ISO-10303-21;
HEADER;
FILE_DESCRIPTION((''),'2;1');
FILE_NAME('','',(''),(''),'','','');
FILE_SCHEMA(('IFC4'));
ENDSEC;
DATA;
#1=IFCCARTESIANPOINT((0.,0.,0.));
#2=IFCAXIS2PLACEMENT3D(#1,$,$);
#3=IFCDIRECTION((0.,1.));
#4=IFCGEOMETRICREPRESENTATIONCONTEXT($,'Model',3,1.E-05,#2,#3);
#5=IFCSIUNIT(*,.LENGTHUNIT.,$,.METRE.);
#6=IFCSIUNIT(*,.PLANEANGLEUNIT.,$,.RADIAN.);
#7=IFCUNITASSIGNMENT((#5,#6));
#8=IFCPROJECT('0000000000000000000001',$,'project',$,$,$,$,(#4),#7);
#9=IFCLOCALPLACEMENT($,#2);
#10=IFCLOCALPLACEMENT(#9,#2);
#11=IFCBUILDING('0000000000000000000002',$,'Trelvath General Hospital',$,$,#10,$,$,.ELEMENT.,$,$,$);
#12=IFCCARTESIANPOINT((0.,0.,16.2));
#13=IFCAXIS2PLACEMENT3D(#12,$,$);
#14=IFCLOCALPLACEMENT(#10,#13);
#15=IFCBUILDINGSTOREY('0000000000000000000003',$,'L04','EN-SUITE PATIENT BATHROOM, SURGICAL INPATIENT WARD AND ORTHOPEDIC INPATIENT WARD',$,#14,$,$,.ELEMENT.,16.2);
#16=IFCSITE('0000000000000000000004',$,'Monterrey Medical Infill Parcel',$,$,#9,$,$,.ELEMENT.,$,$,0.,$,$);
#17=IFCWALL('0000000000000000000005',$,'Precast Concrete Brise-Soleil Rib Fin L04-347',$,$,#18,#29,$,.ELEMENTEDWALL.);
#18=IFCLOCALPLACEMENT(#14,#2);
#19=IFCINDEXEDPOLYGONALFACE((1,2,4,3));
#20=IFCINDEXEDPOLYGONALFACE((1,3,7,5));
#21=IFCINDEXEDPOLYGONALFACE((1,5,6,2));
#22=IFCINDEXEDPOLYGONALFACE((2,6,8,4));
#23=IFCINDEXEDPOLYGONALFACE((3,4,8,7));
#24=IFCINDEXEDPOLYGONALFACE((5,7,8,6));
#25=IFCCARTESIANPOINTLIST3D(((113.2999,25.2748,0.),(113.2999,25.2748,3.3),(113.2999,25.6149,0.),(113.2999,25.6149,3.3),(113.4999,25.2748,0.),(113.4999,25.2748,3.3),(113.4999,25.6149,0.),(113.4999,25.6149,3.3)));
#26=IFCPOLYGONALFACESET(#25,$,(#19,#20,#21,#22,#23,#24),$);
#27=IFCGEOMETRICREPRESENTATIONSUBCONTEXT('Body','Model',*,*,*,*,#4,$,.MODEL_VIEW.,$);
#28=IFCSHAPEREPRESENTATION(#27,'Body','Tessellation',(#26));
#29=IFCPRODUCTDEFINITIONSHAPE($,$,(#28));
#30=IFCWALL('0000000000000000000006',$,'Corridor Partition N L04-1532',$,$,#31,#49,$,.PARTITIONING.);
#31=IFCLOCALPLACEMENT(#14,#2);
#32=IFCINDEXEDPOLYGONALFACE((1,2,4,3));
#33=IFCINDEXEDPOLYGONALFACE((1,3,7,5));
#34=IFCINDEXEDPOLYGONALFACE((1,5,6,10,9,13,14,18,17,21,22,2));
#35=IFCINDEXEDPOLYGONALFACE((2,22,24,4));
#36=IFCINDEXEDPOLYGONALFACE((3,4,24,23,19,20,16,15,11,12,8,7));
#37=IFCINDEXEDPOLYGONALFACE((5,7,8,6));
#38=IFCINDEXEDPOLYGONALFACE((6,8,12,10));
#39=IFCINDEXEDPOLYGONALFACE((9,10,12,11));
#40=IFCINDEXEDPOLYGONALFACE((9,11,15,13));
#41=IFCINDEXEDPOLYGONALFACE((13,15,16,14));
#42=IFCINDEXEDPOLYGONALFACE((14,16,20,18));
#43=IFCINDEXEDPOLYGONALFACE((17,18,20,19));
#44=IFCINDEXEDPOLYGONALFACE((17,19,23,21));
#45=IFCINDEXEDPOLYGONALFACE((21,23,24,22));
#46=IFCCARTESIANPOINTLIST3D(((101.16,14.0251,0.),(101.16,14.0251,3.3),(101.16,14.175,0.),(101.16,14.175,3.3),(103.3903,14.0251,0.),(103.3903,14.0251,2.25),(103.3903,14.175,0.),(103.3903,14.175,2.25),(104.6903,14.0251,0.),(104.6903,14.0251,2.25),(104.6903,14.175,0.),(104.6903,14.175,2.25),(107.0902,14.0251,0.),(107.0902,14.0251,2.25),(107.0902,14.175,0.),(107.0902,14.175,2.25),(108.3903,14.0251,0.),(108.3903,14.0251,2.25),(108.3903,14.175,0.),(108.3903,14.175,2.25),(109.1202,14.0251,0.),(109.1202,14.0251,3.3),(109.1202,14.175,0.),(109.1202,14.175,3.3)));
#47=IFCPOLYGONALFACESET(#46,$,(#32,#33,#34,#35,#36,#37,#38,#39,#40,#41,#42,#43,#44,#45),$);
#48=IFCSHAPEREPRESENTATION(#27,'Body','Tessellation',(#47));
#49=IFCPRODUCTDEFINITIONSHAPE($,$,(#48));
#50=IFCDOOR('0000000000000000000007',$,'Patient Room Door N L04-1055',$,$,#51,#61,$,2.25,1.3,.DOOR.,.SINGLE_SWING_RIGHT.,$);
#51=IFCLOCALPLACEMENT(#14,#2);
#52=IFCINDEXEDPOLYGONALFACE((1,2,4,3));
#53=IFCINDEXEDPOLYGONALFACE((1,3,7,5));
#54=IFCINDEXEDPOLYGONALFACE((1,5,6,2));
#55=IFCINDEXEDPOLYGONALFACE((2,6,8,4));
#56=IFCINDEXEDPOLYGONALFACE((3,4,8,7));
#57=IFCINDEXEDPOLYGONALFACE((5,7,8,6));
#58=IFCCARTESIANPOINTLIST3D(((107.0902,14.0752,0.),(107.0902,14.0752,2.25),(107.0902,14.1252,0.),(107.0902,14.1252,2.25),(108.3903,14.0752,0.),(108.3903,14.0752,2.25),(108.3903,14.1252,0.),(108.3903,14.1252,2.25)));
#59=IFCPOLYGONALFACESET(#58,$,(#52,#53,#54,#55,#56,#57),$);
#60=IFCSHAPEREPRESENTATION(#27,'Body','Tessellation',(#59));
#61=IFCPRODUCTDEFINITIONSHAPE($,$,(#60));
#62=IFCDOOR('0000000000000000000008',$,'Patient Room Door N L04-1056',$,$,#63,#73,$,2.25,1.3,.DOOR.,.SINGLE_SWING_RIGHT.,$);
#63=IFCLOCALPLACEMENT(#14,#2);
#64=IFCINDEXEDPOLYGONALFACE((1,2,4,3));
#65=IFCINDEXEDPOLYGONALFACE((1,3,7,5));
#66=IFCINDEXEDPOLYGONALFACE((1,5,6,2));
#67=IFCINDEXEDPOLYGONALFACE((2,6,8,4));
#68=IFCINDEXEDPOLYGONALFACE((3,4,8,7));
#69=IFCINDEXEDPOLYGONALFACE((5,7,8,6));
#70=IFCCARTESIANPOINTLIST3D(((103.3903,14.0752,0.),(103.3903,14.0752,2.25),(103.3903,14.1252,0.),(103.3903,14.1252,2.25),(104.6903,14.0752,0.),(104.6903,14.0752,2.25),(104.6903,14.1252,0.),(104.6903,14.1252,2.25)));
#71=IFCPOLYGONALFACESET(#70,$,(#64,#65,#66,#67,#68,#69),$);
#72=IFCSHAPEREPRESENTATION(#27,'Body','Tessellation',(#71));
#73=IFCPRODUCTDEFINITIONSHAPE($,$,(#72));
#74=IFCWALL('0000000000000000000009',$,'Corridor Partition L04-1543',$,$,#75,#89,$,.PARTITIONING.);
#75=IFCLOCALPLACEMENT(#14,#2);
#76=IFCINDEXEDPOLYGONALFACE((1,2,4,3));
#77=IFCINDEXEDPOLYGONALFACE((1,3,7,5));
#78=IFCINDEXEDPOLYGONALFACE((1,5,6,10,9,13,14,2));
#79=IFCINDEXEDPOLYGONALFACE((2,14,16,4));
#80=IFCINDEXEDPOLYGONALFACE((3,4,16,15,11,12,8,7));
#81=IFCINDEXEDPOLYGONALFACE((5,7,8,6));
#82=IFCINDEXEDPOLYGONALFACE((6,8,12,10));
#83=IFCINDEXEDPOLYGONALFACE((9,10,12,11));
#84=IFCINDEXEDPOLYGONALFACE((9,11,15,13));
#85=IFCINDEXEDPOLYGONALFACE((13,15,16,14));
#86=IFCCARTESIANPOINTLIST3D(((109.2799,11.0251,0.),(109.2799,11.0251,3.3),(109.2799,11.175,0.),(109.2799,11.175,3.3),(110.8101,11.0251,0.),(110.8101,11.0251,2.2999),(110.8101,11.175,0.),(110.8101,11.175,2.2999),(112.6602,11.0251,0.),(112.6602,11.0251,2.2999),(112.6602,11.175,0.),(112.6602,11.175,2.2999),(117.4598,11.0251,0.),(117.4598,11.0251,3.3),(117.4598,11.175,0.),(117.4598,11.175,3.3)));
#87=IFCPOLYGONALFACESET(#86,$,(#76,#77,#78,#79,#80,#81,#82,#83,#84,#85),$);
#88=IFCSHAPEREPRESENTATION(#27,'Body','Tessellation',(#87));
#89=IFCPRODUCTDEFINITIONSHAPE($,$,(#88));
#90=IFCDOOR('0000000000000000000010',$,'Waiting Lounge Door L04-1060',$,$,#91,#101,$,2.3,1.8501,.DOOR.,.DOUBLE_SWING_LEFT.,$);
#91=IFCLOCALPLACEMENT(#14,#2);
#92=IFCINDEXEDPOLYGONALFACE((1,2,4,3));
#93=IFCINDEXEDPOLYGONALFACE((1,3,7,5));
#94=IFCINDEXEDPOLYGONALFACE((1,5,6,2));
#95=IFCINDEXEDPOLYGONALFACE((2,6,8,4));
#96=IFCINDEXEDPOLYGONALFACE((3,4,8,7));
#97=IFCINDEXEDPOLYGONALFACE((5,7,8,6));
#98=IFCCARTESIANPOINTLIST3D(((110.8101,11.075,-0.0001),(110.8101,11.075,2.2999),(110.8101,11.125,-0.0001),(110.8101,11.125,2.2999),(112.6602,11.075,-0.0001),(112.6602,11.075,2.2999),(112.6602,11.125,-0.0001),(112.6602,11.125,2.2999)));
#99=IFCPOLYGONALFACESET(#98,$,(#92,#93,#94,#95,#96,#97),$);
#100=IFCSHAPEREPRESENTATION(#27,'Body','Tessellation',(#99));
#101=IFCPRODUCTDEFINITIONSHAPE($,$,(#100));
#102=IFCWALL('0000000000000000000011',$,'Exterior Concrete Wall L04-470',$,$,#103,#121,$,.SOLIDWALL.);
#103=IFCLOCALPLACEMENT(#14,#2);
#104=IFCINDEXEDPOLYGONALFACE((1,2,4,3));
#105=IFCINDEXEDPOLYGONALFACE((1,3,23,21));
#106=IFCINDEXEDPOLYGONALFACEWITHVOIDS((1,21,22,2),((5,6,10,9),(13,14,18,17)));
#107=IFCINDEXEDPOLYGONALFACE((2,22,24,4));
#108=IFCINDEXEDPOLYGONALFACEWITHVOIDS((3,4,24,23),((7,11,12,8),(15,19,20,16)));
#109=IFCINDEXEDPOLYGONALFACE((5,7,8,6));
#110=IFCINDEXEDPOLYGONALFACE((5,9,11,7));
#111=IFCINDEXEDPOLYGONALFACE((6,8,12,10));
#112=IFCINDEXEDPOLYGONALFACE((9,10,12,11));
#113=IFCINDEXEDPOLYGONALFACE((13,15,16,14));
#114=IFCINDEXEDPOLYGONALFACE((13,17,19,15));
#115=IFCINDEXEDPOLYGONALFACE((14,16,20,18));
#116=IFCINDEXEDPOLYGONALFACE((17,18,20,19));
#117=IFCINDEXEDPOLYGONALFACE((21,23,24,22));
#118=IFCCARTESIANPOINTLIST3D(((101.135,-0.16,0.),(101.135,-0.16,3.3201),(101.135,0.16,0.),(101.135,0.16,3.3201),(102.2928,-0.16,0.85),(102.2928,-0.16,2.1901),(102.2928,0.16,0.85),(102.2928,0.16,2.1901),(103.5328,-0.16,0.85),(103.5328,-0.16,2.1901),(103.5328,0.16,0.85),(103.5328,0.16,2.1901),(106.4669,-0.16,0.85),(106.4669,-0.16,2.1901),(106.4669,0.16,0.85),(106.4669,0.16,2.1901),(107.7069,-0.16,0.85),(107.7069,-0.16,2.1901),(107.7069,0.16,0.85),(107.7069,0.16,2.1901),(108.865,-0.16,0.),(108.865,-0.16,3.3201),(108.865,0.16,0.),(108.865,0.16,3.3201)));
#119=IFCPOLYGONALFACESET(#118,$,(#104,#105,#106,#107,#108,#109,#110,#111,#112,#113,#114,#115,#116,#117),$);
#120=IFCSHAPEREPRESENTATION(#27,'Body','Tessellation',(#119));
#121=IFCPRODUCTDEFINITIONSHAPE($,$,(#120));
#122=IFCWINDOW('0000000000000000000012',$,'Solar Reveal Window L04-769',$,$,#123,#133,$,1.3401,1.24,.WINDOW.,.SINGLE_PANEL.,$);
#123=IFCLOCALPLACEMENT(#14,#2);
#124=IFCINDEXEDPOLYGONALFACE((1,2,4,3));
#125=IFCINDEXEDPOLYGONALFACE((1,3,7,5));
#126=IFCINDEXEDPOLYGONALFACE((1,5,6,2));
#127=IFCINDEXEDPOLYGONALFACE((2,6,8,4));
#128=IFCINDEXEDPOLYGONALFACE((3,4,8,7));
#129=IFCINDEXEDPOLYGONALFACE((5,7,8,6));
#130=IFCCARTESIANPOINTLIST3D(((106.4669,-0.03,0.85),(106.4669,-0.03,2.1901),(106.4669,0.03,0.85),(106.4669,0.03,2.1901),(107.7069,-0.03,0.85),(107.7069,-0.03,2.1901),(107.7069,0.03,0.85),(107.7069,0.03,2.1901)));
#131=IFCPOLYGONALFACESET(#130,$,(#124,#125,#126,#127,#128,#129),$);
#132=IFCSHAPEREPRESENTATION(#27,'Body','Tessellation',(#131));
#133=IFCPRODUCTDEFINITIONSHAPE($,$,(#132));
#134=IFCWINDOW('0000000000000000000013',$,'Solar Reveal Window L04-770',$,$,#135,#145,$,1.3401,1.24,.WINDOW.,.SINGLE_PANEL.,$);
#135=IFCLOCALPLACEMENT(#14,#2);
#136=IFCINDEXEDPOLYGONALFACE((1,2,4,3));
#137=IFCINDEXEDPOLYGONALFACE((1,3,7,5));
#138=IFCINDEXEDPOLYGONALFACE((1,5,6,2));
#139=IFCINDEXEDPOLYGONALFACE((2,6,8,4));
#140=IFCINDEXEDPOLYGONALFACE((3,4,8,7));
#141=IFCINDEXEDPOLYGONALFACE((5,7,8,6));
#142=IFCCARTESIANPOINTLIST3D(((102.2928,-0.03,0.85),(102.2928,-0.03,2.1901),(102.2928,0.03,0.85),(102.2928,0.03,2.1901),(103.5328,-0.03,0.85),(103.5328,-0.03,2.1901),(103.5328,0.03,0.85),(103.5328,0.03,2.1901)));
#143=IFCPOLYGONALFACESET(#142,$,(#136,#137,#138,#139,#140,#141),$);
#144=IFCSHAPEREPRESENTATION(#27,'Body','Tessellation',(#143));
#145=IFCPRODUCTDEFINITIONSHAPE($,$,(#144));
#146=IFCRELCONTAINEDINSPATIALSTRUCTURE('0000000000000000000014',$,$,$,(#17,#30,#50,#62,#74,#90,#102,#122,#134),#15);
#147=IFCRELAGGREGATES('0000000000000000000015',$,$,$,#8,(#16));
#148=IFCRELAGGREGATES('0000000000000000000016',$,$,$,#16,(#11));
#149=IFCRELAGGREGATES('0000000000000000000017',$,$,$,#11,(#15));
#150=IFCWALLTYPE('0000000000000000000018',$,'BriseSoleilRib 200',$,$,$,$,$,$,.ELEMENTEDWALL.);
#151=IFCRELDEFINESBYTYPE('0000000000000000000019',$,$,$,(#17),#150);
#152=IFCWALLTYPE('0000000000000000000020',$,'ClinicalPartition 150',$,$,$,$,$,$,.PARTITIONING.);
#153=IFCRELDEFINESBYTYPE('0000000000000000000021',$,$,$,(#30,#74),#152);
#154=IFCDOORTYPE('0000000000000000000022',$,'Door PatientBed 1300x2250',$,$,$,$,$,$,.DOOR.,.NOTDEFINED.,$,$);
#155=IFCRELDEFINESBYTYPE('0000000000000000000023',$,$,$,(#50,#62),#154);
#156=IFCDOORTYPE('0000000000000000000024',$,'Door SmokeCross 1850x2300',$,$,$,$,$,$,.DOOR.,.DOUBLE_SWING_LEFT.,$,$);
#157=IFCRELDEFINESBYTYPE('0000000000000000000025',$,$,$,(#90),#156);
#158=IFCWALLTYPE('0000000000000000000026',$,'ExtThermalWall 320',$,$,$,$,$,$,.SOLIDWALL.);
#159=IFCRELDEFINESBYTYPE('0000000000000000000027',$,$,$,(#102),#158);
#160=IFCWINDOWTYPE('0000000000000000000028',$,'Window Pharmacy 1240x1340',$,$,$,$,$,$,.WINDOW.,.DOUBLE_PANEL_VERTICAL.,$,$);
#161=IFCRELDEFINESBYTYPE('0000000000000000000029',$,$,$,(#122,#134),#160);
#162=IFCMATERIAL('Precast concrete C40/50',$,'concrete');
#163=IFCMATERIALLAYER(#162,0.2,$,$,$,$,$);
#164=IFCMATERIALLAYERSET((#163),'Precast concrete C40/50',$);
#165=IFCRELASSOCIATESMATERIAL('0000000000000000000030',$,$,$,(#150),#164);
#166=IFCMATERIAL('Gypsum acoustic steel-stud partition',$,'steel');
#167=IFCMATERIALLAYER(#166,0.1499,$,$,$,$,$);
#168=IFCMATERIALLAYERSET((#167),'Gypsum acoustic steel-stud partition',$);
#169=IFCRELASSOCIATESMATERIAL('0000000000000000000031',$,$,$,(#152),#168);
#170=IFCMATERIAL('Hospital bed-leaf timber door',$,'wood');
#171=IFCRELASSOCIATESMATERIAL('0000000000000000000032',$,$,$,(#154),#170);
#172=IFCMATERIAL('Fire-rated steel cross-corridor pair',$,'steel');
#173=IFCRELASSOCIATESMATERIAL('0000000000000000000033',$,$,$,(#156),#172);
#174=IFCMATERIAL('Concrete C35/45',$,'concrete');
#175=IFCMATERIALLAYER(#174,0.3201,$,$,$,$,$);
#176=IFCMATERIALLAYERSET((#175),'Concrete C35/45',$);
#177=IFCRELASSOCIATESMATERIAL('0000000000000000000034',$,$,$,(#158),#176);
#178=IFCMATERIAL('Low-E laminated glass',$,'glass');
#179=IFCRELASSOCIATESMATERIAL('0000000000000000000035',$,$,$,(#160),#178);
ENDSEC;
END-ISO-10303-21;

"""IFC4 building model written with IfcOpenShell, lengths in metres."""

from ifc_helpers import new_model, si_unit, direction, frame, frame_2d, origin, place, context, subcontext, project, spatial, rectangle, extrude, material, layer, layer_set, type_object, element, fill, save


model = new_model("IFC4")

# Units and contexts
model_context = context("Model", 3, precision=1e-05, world=origin(), true_north=direction((0.0, 1.0)))
body_context = subcontext(model_context, "Body", "Model", "MODEL_VIEW")
ifc_project = project(units=[si_unit("LENGTHUNIT", "METRE"), si_unit("PLANEANGLEUNIT", "RADIAN")], contexts=[model_context])

# Site, building, storey
site_placement = place(None, origin())
site = spatial("IfcSite", under=ifc_project, at=site_placement, Name="Monterrey Medical Infill Parcel", CompositionType="ELEMENT", RefElevation=0.0)
building_placement = place(site_placement, origin())
building = spatial("IfcBuilding", under=site, at=building_placement, Name="Trelvath General Hospital", CompositionType="ELEMENT")
storey_placement = place(building_placement, frame((0.0, 0.0, 16.2)))
storey = spatial("IfcBuildingStorey", under=building, at=storey_placement, Name="L04", Description="EN-SUITE PATIENT BATHROOM, SURGICAL INPATIENT WARD AND ORTHOPEDIC INPATIENT WARD", CompositionType="ELEMENT", Elevation=16.2)

# Wall
ifc_material_1 = material(Name="Precast concrete C40/50", Category="concrete")
ifc_layer_1 = layer(ifc_material_1, 0.2)
ifc_layer_set_1 = layer_set([ifc_layer_1], Name="Precast concrete C40/50")
wall_type_1 = type_object("IfcWallType", Name="BriseSoleilRib 200", PredefinedType="ELEMENTEDWALL", material=ifc_layer_set_1)
for number, where, z_axis, x_axis, name in (
    (1, (113.3999, 25.2749, 0.0), (0.0, 0.0, 1.0), (0.0, 1.0, 0.0), "Precast Concrete Brise-Soleil Rib Fin L04-347"),
):
    element("IfcWall", number, at=place(storey_placement, frame(where, z_axis=z_axis, x_axis=x_axis)), inside=storey, type_object=wall_type_1, Name=name, PredefinedType="ELEMENTEDWALL", context=body_context, shape_type="SweptSolid", body=[
        extrude(rectangle(XDim=0.3401, YDim=0.2, at=frame_2d((0.1699, 0.0))), origin(), (0.0, 0.0, 1.0), 3.3),
    ])

# Wall, openings, doors
ifc_material_2 = material(Name="Gypsum acoustic steel-stud partition", Category="steel")
ifc_layer_2 = layer(ifc_material_2, 0.1499)
ifc_layer_set_2 = layer_set([ifc_layer_2], Name="Gypsum acoustic steel-stud partition")
wall_type_2 = type_object("IfcWallType", Name="ClinicalPartition 150", PredefinedType="PARTITIONING", material=ifc_layer_set_2)
wall_1_placement = place(storey_placement, frame((109.1201, 14.1001, 0.0), z_axis=(0.0, 0.0, 1.0), x_axis=(-1.0, 0.0, 0.0)))
wall_1 = element("IfcWall", 2, at=wall_1_placement, inside=storey, type_object=wall_type_2, Name="Corridor Partition N L04-1532", PredefinedType="PARTITIONING", context=body_context, shape_type="SweptSolid", body=[
    extrude(rectangle(XDim=7.9602, YDim=0.1499, at=frame_2d((3.98, 0.0))), origin(), (0.0, 0.0, 1.0), 3.3),
])
opening_1_placement = place(wall_1_placement, frame((0.73, 0.0, 0.0)))
opening_1 = element("IfcOpeningElement", 3, at=opening_1_placement, cuts=wall_1, PredefinedType="OPENING", context=body_context, shape_type="SweptSolid", body=[
    extrude(rectangle(XDim=1.3, YDim=2.25, at=frame_2d((0.6499, 1.125))), frame((0.0, 0.085, 0.0), z_axis=(0.0, -1.0, 0.0), x_axis=(1.0, 0.0, 0.0)), (0.0, 0.0, 1.0), 0.1699),
])
opening_2_placement = place(wall_1_placement, frame((4.4299, 0.0, 0.0)))
opening_2 = element("IfcOpeningElement", 4, at=opening_2_placement, cuts=wall_1, PredefinedType="OPENING", context=body_context, shape_type="SweptSolid", body=[
    extrude(rectangle(XDim=1.3, YDim=2.25, at=frame_2d((0.6499, 1.125))), frame((0.0, 0.085, 0.0), z_axis=(0.0, -1.0, 0.0), x_axis=(1.0, 0.0, 0.0)), (0.0, 0.0, 1.0), 0.1699),
])
ifc_material_3 = material(Name="Hospital bed-leaf timber door", Category="wood")
door_type_1 = type_object("IfcDoorType", Name="Door PatientBed 1300x2250", OperationType="NOTDEFINED", PredefinedType="DOOR", material=ifc_material_3)
door_1_placement = place(opening_1_placement, origin())
door_1 = element("IfcDoor", 5, at=door_1_placement, inside=storey, type_object=door_type_1, Name="Patient Room Door N L04-1055", OperationType="SINGLE_SWING_RIGHT", OverallHeight=2.25, OverallWidth=1.3, PredefinedType="DOOR", context=body_context, shape_type="SweptSolid", body=[
    extrude(rectangle(XDim=1.3, YDim=2.25, at=frame_2d((0.6499, 1.125))), frame((0.0, 0.0249, 0.0), z_axis=(0.0, -1.0, 0.0), x_axis=(1.0, 0.0, 0.0)), (0.0, 0.0, 1.0), 0.05),
])
fill(opening_1, door_1)
door_2_placement = place(opening_2_placement, origin())
door_2 = element("IfcDoor", 6, at=door_2_placement, inside=storey, type_object=door_type_1, Name="Patient Room Door N L04-1056", OperationType="SINGLE_SWING_RIGHT", OverallHeight=2.25, OverallWidth=1.3, PredefinedType="DOOR", context=body_context, shape_type="SweptSolid", body=[
    extrude(rectangle(XDim=1.3, YDim=2.25, at=frame_2d((0.6499, 1.125))), frame((0.0, 0.0249, 0.0), z_axis=(0.0, -1.0, 0.0), x_axis=(1.0, 0.0, 0.0)), (0.0, 0.0, 1.0), 0.05),
])
fill(opening_2, door_2)

# Wall, opening, door
wall_2_placement = place(storey_placement, frame((109.28, 11.1001, 0.0), z_axis=(0.0, 0.0, 1.0), x_axis=(1.0, 0.0, 0.0)))
wall_2 = element("IfcWall", 7, at=wall_2_placement, inside=storey, type_object=wall_type_2, Name="Corridor Partition L04-1543", PredefinedType="PARTITIONING", context=body_context, shape_type="SweptSolid", body=[
    extrude(rectangle(XDim=8.1799, YDim=0.1499, at=frame_2d((4.0898, 0.0))), origin(), (0.0, 0.0, 1.0), 3.3),
])
opening_3_placement = place(wall_2_placement, frame((1.53, 0.0, 0.0)))
opening_3 = element("IfcOpeningElement", 8, at=opening_3_placement, cuts=wall_2, PredefinedType="OPENING", context=body_context, shape_type="SweptSolid", body=[
    extrude(rectangle(XDim=1.8501, YDim=2.3, at=frame_2d((0.925, 1.1499))), frame((0.0, 0.085, 0.0), z_axis=(0.0, -1.0, 0.0), x_axis=(1.0, 0.0, 0.0)), (0.0, 0.0, 1.0), 0.1699),
])
ifc_material_4 = material(Name="Fire-rated steel cross-corridor pair", Category="steel")
door_type_2 = type_object("IfcDoorType", Name="Door SmokeCross 1850x2300", OperationType="DOUBLE_SWING_LEFT", PredefinedType="DOOR", material=ifc_material_4)
door_3_placement = place(opening_3_placement, origin())
door_3 = element("IfcDoor", 9, at=door_3_placement, inside=storey, type_object=door_type_2, Name="Waiting Lounge Door L04-1060", OperationType="DOUBLE_SWING_LEFT", OverallHeight=2.3, OverallWidth=1.8501, PredefinedType="DOOR", context=body_context, shape_type="SweptSolid", body=[
    extrude(rectangle(XDim=1.8501, YDim=2.3, at=frame_2d((0.925, 1.1499))), frame((0.0, 0.0249, 0.0), z_axis=(0.0, -1.0, 0.0), x_axis=(1.0, 0.0, 0.0)), (0.0, 0.0, 1.0), 0.05),
])
fill(opening_3, door_3)

# Wall, openings, windows
ifc_material_5 = material(Name="Concrete C35/45", Category="concrete")
ifc_layer_3 = layer(ifc_material_5, 0.3201)
ifc_layer_set_3 = layer_set([ifc_layer_3], Name="Concrete C35/45")
wall_type_3 = type_object("IfcWallType", Name="ExtThermalWall 320", PredefinedType="SOLIDWALL", material=ifc_layer_set_3)
wall_3_placement = place(storey_placement, frame((108.865, 0.0, 0.0), z_axis=(0.0, 0.0, 1.0), x_axis=(-1.0, 0.0, 0.0)))
wall_3 = element("IfcWall", 10, at=wall_3_placement, inside=storey, type_object=wall_type_3, Name="Exterior Concrete Wall L04-470", PredefinedType="SOLIDWALL", context=body_context, shape_type="SweptSolid", body=[
    extrude(rectangle(XDim=7.73, YDim=0.3201, at=frame_2d((3.865, 0.0))), origin(), (0.0, 0.0, 1.0), 3.3201),
])
opening_4_placement = place(wall_3_placement, frame((1.158, 0.0, 0.8501)))
opening_4 = element("IfcOpeningElement", 11, at=opening_4_placement, cuts=wall_3, PredefinedType="OPENING", context=body_context, shape_type="SweptSolid", body=[
    extrude(rectangle(XDim=1.24, YDim=1.3401, at=frame_2d((0.6201, 0.6699))), frame((0.0, 0.1699, 0.0), z_axis=(0.0, -1.0, 0.0), x_axis=(1.0, 0.0, 0.0)), (0.0, 0.0, 1.0), 0.3401),
])
opening_5_placement = place(wall_3_placement, frame((5.332, 0.0, 0.8501)))
opening_5 = element("IfcOpeningElement", 12, at=opening_5_placement, cuts=wall_3, PredefinedType="OPENING", context=body_context, shape_type="SweptSolid", body=[
    extrude(rectangle(XDim=1.24, YDim=1.3401, at=frame_2d((0.6201, 0.6699))), frame((0.0, 0.1699, 0.0), z_axis=(0.0, -1.0, 0.0), x_axis=(1.0, 0.0, 0.0)), (0.0, 0.0, 1.0), 0.3401),
])
ifc_material_6 = material(Name="Low-E laminated glass", Category="glass")
window_type_1 = type_object("IfcWindowType", Name="Window Pharmacy 1240x1340", PartitioningType="DOUBLE_PANEL_VERTICAL", PredefinedType="WINDOW", material=ifc_material_6)
window_1_placement = place(opening_4_placement, origin())
window_1 = element("IfcWindow", 13, at=window_1_placement, inside=storey, type_object=window_type_1, Name="Solar Reveal Window L04-769", OverallHeight=1.3401, OverallWidth=1.24, PartitioningType="SINGLE_PANEL", PredefinedType="WINDOW", context=body_context, shape_type="SweptSolid", body=[
    extrude(rectangle(XDim=1.24, YDim=1.3401, at=frame_2d((0.6201, 0.6699))), frame((0.0, 0.03, 0.0), z_axis=(0.0, -1.0, 0.0), x_axis=(1.0, 0.0, 0.0)), (0.0, 0.0, 1.0), 0.0601),
])
fill(opening_4, window_1)
window_2_placement = place(opening_5_placement, origin())
window_2 = element("IfcWindow", 14, at=window_2_placement, inside=storey, type_object=window_type_1, Name="Solar Reveal Window L04-770", OverallHeight=1.3401, OverallWidth=1.24, PartitioningType="SINGLE_PANEL", PredefinedType="WINDOW", context=body_context, shape_type="SweptSolid", body=[
    extrude(rectangle(XDim=1.24, YDim=1.3401, at=frame_2d((0.6201, 0.6699))), frame((0.0, 0.03, 0.0), z_axis=(0.0, -1.0, 0.0), x_axis=(1.0, 0.0, 0.0)), (0.0, 0.0, 1.0), 0.0601),
])
fill(opening_5, window_2)

save(model, "model.ifc")
